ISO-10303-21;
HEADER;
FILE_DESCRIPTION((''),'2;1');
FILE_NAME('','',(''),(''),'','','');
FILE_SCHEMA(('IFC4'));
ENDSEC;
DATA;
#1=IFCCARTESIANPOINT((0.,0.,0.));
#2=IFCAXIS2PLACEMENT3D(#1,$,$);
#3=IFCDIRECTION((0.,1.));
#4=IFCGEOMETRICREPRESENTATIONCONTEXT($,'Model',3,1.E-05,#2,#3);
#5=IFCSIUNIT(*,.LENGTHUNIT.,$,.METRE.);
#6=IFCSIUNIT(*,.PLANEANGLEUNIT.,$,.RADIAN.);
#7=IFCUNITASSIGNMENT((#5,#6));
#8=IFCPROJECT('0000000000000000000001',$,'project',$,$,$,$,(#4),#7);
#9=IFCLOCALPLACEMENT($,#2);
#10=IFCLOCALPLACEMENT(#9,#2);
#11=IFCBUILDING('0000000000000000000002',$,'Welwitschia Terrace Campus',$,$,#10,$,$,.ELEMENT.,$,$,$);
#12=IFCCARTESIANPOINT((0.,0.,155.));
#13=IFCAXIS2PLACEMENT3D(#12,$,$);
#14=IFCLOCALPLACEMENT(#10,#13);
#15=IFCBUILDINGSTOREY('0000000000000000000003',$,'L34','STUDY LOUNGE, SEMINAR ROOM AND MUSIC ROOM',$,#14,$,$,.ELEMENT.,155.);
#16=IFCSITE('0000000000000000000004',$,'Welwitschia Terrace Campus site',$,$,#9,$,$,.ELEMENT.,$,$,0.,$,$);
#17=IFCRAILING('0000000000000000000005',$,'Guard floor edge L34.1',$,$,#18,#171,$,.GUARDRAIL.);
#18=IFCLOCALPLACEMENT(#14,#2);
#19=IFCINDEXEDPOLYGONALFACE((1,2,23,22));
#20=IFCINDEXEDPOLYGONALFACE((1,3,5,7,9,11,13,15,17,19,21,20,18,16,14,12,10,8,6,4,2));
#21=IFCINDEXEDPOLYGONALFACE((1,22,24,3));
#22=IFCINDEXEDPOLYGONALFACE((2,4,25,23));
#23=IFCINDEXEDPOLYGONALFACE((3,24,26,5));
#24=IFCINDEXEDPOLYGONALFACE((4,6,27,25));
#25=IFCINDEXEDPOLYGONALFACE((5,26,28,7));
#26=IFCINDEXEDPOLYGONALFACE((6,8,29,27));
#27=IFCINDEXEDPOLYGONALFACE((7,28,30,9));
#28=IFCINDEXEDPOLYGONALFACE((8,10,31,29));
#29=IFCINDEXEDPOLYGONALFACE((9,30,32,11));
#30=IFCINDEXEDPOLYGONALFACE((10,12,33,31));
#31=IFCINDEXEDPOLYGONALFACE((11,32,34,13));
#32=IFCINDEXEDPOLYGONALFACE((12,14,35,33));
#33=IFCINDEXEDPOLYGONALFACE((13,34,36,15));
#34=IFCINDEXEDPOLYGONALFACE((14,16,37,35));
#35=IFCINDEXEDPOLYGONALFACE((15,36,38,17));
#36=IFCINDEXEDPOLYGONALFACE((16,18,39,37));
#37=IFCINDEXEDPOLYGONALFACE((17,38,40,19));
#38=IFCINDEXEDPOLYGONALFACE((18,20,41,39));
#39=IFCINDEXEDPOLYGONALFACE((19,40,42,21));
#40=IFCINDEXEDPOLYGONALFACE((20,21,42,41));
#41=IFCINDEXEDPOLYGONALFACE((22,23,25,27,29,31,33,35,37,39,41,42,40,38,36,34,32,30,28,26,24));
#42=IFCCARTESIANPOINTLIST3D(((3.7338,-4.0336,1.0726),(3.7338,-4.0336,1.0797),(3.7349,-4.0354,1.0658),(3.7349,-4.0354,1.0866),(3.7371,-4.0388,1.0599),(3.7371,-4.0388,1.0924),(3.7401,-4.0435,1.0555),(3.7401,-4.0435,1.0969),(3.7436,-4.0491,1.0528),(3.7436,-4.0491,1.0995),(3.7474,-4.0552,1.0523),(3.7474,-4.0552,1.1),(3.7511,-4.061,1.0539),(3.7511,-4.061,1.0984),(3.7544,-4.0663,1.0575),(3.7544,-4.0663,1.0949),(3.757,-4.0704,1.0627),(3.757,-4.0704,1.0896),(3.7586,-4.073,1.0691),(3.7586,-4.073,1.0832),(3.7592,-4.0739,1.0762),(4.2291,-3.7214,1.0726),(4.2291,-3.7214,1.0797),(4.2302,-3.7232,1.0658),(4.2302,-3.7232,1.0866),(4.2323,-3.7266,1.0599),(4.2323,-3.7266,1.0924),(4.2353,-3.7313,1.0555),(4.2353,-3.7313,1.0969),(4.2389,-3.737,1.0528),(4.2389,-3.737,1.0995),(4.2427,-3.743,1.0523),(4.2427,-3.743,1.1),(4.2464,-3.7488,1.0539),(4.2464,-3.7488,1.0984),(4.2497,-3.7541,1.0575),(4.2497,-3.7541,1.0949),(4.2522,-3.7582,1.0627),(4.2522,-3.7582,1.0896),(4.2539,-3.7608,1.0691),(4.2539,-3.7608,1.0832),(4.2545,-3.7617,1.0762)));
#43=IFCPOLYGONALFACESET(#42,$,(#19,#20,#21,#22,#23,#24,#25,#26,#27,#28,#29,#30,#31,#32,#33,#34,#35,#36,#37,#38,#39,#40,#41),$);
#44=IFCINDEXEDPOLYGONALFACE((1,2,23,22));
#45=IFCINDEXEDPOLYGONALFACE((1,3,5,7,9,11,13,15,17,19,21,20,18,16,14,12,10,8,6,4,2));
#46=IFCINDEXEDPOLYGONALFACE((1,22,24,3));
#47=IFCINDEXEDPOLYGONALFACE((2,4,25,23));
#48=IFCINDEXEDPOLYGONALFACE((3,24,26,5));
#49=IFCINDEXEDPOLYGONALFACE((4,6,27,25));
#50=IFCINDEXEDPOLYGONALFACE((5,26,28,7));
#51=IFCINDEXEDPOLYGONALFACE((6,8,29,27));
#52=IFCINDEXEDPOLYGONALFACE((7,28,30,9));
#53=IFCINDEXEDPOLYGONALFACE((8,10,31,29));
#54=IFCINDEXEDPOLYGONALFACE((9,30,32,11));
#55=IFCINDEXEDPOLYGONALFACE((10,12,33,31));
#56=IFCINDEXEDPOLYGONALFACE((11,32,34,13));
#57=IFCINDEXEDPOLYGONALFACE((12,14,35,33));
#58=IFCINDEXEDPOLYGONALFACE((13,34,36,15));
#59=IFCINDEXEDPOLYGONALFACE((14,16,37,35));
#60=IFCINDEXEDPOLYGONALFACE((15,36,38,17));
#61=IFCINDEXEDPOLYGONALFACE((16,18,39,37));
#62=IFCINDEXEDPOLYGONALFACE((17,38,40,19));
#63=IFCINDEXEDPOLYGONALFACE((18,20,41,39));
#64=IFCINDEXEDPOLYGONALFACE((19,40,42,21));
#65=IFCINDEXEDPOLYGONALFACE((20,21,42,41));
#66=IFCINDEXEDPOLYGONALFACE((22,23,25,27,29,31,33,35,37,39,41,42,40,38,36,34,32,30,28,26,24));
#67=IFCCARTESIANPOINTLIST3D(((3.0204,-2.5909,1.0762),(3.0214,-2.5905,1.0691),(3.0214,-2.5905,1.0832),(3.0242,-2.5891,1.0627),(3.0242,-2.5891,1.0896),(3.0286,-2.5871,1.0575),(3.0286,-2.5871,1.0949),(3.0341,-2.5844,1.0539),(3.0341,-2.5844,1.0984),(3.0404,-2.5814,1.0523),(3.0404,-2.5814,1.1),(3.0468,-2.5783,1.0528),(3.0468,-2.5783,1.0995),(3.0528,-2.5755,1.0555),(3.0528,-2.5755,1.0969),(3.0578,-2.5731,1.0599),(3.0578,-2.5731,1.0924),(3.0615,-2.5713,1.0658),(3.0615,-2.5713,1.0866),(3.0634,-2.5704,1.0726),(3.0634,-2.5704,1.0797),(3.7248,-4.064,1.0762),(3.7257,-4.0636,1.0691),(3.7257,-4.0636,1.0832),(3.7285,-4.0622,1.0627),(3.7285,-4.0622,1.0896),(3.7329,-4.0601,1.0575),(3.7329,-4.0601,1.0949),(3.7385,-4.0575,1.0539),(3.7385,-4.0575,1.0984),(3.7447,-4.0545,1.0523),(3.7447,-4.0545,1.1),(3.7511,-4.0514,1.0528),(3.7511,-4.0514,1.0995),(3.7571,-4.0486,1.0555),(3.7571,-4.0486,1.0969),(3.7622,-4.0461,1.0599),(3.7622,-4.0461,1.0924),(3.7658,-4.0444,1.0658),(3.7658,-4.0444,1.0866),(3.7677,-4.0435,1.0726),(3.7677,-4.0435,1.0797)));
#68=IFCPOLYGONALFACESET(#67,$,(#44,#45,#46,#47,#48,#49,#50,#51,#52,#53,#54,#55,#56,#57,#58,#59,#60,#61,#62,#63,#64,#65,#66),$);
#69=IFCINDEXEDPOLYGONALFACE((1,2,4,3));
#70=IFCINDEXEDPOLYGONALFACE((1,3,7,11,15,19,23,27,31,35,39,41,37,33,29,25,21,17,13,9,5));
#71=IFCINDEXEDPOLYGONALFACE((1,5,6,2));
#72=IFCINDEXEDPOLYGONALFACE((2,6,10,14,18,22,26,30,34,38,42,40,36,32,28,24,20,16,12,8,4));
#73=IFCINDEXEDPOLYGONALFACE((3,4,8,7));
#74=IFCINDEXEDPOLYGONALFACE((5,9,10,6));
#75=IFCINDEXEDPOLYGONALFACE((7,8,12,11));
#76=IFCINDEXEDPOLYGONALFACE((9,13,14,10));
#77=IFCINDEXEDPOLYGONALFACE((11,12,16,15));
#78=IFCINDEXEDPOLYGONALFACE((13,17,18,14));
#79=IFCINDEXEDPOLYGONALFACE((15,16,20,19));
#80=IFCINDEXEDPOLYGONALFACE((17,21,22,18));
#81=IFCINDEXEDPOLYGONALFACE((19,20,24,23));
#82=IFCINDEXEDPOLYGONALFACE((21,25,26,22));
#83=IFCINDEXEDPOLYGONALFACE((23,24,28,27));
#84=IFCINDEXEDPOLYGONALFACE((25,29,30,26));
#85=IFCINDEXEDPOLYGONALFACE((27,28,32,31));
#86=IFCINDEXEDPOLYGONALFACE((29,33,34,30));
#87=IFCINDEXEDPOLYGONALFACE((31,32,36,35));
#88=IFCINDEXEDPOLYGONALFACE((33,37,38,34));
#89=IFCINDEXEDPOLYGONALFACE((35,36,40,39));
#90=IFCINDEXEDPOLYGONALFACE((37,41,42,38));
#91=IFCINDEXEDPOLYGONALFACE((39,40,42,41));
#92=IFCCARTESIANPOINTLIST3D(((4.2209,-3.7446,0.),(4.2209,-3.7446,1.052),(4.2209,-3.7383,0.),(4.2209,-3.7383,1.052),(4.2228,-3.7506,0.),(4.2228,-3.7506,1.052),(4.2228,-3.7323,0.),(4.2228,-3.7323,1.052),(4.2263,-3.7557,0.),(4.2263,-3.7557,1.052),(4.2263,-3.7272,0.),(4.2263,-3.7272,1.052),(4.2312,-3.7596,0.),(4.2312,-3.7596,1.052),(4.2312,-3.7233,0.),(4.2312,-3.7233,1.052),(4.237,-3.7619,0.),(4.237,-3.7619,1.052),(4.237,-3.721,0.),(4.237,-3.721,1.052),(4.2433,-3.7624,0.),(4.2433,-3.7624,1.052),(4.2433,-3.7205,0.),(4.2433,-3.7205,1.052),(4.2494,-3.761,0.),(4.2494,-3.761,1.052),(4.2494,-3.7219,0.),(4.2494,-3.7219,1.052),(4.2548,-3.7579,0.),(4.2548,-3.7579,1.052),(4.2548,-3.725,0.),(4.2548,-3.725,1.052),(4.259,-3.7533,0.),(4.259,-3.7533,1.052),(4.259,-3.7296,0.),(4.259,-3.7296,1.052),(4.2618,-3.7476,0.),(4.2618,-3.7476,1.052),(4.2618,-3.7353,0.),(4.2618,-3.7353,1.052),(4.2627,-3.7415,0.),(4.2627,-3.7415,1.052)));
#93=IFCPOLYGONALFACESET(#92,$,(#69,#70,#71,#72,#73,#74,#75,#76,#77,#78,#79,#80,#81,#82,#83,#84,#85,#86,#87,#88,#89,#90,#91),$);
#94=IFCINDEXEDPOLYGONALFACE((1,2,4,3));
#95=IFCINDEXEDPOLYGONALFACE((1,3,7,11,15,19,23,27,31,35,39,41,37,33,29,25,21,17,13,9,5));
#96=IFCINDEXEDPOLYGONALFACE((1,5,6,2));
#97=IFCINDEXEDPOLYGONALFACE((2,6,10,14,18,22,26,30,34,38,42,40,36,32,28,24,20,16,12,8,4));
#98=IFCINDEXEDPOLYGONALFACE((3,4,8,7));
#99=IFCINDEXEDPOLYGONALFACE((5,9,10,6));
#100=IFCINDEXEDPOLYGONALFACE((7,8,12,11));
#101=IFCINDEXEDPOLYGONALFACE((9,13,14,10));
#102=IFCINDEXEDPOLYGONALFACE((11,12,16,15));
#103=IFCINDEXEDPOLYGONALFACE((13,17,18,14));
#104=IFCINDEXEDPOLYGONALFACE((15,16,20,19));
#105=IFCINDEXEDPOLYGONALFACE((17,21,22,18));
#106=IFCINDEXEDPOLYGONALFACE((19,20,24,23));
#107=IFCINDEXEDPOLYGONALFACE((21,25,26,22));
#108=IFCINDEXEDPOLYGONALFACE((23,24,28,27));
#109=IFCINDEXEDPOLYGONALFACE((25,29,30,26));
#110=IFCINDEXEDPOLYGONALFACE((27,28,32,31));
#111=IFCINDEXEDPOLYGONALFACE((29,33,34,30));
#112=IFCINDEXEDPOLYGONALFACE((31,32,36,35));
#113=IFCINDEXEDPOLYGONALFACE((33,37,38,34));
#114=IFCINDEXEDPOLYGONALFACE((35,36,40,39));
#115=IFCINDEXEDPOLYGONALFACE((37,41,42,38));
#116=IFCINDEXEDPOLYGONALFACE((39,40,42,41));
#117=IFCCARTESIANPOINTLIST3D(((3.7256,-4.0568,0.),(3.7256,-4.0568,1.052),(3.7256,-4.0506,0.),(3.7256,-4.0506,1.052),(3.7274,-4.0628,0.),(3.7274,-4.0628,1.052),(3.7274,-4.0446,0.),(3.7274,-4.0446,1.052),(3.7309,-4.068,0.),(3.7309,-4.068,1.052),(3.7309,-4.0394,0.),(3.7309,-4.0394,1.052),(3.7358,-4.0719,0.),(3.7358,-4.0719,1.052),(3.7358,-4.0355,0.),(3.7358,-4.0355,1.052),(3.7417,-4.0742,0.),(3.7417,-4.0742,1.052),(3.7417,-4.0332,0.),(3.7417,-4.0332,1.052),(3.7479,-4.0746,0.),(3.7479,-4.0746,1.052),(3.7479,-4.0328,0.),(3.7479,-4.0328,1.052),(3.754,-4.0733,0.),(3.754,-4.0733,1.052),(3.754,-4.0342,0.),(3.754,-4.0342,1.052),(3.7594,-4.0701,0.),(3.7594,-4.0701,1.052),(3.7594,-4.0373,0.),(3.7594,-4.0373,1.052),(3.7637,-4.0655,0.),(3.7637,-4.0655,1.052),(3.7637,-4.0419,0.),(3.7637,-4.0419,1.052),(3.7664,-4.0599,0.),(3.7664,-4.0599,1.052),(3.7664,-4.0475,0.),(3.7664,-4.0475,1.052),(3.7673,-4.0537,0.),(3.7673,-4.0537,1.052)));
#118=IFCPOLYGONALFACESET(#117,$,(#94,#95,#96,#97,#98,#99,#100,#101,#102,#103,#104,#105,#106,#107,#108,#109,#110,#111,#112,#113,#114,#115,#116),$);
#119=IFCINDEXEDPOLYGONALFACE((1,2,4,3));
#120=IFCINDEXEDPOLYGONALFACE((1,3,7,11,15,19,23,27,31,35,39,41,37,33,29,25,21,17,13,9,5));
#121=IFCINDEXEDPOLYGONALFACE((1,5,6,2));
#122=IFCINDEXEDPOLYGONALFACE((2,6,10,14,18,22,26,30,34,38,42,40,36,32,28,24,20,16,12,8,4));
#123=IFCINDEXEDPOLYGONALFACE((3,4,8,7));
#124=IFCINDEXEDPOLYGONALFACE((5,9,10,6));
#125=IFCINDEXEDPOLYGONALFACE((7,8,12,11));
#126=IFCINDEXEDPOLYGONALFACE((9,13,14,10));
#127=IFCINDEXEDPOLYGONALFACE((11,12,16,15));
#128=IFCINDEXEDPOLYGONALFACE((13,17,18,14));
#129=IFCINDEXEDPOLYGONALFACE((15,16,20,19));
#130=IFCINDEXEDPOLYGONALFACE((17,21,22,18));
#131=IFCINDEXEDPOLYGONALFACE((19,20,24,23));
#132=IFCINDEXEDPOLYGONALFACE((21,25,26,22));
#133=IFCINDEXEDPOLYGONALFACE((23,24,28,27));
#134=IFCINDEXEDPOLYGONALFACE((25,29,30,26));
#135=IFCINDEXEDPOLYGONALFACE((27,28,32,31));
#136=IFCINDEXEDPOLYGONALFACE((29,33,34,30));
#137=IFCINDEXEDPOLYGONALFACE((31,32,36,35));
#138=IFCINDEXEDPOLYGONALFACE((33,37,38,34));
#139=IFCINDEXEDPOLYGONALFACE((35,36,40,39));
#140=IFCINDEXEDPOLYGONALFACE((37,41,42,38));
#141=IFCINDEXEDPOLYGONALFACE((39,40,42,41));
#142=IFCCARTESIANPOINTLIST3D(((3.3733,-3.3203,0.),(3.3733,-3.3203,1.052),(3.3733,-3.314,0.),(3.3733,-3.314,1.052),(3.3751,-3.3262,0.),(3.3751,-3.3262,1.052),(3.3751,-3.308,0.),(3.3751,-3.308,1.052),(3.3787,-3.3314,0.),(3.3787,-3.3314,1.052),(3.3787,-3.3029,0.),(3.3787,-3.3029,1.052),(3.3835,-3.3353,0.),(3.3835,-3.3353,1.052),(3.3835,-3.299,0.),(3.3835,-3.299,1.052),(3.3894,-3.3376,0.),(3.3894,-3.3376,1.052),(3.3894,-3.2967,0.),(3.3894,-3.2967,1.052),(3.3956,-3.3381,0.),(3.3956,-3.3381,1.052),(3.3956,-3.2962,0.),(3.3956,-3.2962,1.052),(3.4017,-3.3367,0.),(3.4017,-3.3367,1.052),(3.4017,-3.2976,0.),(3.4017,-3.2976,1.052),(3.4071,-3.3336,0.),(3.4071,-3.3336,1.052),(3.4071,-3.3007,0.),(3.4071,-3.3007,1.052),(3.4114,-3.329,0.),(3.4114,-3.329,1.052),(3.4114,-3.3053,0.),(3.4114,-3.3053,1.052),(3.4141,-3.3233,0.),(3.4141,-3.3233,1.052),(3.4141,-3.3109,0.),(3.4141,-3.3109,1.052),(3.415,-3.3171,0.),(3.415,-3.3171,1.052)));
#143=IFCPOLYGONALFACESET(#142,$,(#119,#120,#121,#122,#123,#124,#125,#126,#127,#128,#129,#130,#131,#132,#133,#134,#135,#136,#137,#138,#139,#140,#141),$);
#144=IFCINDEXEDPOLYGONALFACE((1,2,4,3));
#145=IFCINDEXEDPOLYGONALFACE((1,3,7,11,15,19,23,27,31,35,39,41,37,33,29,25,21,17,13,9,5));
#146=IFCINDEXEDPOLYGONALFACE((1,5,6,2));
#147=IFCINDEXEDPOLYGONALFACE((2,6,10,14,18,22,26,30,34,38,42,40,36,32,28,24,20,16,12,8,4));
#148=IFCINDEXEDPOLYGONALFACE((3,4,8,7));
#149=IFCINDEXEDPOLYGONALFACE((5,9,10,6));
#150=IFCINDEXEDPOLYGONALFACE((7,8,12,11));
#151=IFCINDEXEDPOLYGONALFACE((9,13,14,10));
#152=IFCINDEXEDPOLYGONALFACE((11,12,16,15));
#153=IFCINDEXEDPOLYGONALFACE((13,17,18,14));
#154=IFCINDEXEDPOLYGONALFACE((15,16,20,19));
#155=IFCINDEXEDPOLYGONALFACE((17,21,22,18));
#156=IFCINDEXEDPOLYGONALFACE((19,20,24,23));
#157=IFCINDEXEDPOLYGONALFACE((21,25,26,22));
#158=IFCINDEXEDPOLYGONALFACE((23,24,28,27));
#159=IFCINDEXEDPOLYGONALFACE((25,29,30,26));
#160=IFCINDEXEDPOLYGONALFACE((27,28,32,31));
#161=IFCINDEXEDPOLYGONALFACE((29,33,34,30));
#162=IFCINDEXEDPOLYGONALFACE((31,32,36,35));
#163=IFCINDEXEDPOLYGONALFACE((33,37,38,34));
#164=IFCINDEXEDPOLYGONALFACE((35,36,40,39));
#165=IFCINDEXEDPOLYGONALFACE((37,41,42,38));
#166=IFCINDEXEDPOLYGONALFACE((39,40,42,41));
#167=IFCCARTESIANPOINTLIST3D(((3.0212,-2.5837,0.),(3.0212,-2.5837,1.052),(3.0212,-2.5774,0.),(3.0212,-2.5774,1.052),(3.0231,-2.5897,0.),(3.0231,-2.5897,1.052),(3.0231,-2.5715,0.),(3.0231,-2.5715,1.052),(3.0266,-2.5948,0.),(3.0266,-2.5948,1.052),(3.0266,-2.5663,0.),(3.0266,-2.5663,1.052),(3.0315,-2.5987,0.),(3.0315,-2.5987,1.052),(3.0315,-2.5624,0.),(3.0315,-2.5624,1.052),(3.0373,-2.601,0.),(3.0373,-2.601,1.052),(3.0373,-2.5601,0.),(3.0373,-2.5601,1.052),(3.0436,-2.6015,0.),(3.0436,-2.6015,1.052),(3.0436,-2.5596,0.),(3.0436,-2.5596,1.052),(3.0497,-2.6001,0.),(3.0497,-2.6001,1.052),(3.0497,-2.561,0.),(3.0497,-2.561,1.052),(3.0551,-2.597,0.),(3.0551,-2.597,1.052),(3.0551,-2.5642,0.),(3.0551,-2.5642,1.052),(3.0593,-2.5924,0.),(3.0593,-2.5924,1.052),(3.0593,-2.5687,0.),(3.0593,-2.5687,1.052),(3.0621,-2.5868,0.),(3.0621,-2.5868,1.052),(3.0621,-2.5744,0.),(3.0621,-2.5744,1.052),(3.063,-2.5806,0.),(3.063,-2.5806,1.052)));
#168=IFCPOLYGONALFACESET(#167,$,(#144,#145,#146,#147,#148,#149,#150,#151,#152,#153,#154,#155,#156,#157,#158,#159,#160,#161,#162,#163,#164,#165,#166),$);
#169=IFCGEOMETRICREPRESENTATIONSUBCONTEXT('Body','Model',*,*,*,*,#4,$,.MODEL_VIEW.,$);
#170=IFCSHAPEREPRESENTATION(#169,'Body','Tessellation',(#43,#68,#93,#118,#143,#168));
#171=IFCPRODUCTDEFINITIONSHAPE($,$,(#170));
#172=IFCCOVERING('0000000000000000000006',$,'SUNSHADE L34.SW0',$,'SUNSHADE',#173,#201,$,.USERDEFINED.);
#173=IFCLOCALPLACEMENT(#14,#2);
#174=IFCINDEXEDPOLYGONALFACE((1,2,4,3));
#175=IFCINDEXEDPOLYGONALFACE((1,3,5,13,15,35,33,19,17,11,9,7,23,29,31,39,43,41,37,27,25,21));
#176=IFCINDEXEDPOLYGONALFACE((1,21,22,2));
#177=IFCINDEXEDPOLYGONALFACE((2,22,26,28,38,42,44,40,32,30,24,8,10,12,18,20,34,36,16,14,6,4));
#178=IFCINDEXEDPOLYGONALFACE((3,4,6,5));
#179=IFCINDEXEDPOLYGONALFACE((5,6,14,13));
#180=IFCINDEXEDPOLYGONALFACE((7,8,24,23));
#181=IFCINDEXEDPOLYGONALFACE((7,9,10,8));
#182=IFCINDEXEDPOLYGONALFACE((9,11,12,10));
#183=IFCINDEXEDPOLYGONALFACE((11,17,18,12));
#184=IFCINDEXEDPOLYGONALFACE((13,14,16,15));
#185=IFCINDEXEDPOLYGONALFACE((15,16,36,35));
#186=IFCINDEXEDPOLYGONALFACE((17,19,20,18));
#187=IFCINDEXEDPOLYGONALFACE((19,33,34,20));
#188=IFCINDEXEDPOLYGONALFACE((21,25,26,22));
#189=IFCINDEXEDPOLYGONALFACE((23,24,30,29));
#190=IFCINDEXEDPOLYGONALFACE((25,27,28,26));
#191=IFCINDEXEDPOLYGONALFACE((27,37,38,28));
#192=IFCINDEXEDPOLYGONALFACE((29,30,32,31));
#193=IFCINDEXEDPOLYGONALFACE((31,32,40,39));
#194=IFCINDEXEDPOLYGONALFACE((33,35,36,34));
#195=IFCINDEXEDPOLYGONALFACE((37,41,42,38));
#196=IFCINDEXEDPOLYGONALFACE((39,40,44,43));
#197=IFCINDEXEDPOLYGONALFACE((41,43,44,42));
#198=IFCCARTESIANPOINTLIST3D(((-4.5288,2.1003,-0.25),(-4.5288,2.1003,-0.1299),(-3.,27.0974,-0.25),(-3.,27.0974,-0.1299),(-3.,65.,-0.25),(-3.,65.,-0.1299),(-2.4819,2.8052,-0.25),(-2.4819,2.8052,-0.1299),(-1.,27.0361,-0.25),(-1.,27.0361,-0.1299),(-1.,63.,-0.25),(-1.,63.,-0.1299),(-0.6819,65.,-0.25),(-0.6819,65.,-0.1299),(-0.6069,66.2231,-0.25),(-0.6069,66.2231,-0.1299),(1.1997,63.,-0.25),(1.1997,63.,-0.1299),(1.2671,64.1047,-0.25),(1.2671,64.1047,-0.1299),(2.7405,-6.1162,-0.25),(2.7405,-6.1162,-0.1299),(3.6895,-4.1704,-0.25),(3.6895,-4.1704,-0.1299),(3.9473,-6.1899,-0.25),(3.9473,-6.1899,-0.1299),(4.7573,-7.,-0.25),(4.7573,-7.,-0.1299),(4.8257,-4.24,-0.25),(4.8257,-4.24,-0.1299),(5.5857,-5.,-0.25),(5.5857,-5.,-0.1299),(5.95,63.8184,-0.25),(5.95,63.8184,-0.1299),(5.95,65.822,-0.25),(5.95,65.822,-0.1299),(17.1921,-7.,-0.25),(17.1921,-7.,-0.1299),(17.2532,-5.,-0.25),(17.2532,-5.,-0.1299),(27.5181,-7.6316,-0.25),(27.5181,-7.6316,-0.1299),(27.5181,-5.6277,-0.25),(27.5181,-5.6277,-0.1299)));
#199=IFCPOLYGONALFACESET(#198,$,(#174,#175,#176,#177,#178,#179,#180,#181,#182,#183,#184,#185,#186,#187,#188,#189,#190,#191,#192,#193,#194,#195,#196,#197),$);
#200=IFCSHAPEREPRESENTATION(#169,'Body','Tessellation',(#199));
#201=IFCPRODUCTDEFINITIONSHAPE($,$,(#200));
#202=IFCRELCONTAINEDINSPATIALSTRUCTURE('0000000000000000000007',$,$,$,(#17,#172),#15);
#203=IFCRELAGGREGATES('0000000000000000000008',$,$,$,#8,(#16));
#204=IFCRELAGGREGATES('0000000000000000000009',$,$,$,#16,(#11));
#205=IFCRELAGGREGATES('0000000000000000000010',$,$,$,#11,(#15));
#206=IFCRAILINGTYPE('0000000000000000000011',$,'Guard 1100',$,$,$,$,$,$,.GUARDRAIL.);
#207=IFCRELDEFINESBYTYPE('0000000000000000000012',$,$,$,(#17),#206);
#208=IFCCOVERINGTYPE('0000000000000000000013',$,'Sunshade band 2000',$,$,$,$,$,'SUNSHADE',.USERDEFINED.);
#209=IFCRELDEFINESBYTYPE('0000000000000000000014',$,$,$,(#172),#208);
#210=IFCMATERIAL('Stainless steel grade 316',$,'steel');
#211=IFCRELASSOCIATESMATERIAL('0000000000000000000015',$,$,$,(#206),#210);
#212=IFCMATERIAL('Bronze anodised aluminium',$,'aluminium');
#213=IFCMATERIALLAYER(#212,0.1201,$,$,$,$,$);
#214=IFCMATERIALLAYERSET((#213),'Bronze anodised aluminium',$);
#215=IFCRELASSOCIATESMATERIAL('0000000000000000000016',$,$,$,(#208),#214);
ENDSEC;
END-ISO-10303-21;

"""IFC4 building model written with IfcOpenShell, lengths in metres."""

from ifc_helpers import new_model, si_unit, direction, frame, origin, origin_2d, place, context, subcontext, project, spatial, polyline, circle, outline, extrude, material, layer, layer_set, type_object, element, save


model = new_model("IFC4")

# Units and contexts
model_context = context("Model", 3, precision=1e-05, world=origin(), true_north=direction((0.0, 1.0)))
body_context = subcontext(model_context, "Body", "Model", "MODEL_VIEW")
ifc_project = project(units=[si_unit("LENGTHUNIT", "METRE"), si_unit("PLANEANGLEUNIT", "RADIAN")], contexts=[model_context])

# Site, building, storey
site_placement = place(None, origin())
site = spatial("IfcSite", under=ifc_project, at=site_placement, Name="Welwitschia Terrace Campus site", CompositionType="ELEMENT", RefElevation=0.0)
building_placement = place(site_placement, origin())
building = spatial("IfcBuilding", under=site, at=building_placement, Name="Welwitschia Terrace Campus", CompositionType="ELEMENT")
storey_placement = place(building_placement, frame((0.0, 0.0, 155.0)))
storey = spatial("IfcBuildingStorey", under=building, at=storey_placement, Name="L34", Description="STUDY LOUNGE, SEMINAR ROOM AND MUSIC ROOM", CompositionType="ELEMENT", Elevation=155.0)

# Railing
ifc_material_1 = material(Name="Stainless steel grade 316", Category="steel")
railing_type = type_object("IfcRailingType", Name="Guard 1100", PredefinedType="GUARDRAIL", material=ifc_material_1)
railing_placement = place(storey_placement, frame((4.2417, -3.7415, 0.0)))
element("IfcRailing", 1, at=railing_placement, inside=storey, type_object=railing_type, Name="Guard floor edge L34.1", PredefinedType="GUARDRAIL", context=body_context, shape_type="SweptSolid", body=[
    extrude(circle(Radius=0.0239, at=origin_2d()), frame((0.0, 0.0, 1.0762), z_axis=(-0.845954, -0.533256, 0.0), x_axis=(0.533256, -0.845954, 0.0)), (0.0, 0.0, 1.0), 0.5854),
    extrude(circle(Radius=0.0239, at=origin_2d()), frame((-0.4954, -0.3123, 1.0762), z_axis=(-0.431355, 0.902182, 0.0), x_axis=(-0.902182, -0.431355, 0.0)), (0.0, 0.0, 1.0), 1.6328),
    extrude(circle(Radius=0.021, at=origin_2d()), origin(), (0.0, 0.0, 1.0), 1.052),
    extrude(circle(Radius=0.021, at=origin_2d()), frame((-0.4954, -0.3123, 0.0)), (0.0, 0.0, 1.0), 1.052),
    extrude(circle(Radius=0.021, at=origin_2d()), frame((-0.8477, 0.4243, 0.0)), (0.0, 0.0, 1.0), 1.052),
    extrude(circle(Radius=0.021, at=origin_2d()), frame((-1.1997, 1.1609, 0.0)), (0.0, 0.0, 1.0), 1.052),
])

# Covering
ifc_material_2 = material(Name="Bronze anodised aluminium", Category="aluminium")
ifc_layer_1 = layer(ifc_material_2, 0.1201)
ifc_layer_set_1 = layer_set([ifc_layer_1], Name="Bronze anodised aluminium")
covering_type_1 = type_object("IfcCoveringType", Name="Sunshade band 2000", ElementType="SUNSHADE", PredefinedType="USERDEFINED", material=ifc_layer_set_1)
covering_1_placement = place(storey_placement, frame((0.0, 0.0, -0.25)))
element("IfcCovering", 2, at=covering_1_placement, inside=storey, type_object=covering_type_1, Name="SUNSHADE L34.SW0", ObjectType="SUNSHADE", PredefinedType="USERDEFINED", context=body_context, shape_type="SweptSolid", body=[
    extrude(outline(polyline([(5.95, 65.822), (5.95, 63.8184), (1.2671, 64.1047), (1.1997, 63.0), (-1.0, 63.0), (-1.0, 27.0361), (-2.4819, 2.8052), (3.6895, -4.1704), (4.8257, -4.24), (5.5857, -5.0), (17.2532, -5.0), (27.5181, -5.6277), (27.5181, -7.6316), (17.1921, -7.0), (4.7573, -7.0), (3.9473, -6.1899), (2.7405, -6.1162), (-4.5288, 2.1003), (-3.0, 27.0974), (-3.0, 65.0), (-0.6819, 65.0), (-0.6069, 66.2231), (5.95, 65.822)])), origin(), (0.0, 0.0, 1.0), 0.1201),
])

save(model, "model.ifc")
